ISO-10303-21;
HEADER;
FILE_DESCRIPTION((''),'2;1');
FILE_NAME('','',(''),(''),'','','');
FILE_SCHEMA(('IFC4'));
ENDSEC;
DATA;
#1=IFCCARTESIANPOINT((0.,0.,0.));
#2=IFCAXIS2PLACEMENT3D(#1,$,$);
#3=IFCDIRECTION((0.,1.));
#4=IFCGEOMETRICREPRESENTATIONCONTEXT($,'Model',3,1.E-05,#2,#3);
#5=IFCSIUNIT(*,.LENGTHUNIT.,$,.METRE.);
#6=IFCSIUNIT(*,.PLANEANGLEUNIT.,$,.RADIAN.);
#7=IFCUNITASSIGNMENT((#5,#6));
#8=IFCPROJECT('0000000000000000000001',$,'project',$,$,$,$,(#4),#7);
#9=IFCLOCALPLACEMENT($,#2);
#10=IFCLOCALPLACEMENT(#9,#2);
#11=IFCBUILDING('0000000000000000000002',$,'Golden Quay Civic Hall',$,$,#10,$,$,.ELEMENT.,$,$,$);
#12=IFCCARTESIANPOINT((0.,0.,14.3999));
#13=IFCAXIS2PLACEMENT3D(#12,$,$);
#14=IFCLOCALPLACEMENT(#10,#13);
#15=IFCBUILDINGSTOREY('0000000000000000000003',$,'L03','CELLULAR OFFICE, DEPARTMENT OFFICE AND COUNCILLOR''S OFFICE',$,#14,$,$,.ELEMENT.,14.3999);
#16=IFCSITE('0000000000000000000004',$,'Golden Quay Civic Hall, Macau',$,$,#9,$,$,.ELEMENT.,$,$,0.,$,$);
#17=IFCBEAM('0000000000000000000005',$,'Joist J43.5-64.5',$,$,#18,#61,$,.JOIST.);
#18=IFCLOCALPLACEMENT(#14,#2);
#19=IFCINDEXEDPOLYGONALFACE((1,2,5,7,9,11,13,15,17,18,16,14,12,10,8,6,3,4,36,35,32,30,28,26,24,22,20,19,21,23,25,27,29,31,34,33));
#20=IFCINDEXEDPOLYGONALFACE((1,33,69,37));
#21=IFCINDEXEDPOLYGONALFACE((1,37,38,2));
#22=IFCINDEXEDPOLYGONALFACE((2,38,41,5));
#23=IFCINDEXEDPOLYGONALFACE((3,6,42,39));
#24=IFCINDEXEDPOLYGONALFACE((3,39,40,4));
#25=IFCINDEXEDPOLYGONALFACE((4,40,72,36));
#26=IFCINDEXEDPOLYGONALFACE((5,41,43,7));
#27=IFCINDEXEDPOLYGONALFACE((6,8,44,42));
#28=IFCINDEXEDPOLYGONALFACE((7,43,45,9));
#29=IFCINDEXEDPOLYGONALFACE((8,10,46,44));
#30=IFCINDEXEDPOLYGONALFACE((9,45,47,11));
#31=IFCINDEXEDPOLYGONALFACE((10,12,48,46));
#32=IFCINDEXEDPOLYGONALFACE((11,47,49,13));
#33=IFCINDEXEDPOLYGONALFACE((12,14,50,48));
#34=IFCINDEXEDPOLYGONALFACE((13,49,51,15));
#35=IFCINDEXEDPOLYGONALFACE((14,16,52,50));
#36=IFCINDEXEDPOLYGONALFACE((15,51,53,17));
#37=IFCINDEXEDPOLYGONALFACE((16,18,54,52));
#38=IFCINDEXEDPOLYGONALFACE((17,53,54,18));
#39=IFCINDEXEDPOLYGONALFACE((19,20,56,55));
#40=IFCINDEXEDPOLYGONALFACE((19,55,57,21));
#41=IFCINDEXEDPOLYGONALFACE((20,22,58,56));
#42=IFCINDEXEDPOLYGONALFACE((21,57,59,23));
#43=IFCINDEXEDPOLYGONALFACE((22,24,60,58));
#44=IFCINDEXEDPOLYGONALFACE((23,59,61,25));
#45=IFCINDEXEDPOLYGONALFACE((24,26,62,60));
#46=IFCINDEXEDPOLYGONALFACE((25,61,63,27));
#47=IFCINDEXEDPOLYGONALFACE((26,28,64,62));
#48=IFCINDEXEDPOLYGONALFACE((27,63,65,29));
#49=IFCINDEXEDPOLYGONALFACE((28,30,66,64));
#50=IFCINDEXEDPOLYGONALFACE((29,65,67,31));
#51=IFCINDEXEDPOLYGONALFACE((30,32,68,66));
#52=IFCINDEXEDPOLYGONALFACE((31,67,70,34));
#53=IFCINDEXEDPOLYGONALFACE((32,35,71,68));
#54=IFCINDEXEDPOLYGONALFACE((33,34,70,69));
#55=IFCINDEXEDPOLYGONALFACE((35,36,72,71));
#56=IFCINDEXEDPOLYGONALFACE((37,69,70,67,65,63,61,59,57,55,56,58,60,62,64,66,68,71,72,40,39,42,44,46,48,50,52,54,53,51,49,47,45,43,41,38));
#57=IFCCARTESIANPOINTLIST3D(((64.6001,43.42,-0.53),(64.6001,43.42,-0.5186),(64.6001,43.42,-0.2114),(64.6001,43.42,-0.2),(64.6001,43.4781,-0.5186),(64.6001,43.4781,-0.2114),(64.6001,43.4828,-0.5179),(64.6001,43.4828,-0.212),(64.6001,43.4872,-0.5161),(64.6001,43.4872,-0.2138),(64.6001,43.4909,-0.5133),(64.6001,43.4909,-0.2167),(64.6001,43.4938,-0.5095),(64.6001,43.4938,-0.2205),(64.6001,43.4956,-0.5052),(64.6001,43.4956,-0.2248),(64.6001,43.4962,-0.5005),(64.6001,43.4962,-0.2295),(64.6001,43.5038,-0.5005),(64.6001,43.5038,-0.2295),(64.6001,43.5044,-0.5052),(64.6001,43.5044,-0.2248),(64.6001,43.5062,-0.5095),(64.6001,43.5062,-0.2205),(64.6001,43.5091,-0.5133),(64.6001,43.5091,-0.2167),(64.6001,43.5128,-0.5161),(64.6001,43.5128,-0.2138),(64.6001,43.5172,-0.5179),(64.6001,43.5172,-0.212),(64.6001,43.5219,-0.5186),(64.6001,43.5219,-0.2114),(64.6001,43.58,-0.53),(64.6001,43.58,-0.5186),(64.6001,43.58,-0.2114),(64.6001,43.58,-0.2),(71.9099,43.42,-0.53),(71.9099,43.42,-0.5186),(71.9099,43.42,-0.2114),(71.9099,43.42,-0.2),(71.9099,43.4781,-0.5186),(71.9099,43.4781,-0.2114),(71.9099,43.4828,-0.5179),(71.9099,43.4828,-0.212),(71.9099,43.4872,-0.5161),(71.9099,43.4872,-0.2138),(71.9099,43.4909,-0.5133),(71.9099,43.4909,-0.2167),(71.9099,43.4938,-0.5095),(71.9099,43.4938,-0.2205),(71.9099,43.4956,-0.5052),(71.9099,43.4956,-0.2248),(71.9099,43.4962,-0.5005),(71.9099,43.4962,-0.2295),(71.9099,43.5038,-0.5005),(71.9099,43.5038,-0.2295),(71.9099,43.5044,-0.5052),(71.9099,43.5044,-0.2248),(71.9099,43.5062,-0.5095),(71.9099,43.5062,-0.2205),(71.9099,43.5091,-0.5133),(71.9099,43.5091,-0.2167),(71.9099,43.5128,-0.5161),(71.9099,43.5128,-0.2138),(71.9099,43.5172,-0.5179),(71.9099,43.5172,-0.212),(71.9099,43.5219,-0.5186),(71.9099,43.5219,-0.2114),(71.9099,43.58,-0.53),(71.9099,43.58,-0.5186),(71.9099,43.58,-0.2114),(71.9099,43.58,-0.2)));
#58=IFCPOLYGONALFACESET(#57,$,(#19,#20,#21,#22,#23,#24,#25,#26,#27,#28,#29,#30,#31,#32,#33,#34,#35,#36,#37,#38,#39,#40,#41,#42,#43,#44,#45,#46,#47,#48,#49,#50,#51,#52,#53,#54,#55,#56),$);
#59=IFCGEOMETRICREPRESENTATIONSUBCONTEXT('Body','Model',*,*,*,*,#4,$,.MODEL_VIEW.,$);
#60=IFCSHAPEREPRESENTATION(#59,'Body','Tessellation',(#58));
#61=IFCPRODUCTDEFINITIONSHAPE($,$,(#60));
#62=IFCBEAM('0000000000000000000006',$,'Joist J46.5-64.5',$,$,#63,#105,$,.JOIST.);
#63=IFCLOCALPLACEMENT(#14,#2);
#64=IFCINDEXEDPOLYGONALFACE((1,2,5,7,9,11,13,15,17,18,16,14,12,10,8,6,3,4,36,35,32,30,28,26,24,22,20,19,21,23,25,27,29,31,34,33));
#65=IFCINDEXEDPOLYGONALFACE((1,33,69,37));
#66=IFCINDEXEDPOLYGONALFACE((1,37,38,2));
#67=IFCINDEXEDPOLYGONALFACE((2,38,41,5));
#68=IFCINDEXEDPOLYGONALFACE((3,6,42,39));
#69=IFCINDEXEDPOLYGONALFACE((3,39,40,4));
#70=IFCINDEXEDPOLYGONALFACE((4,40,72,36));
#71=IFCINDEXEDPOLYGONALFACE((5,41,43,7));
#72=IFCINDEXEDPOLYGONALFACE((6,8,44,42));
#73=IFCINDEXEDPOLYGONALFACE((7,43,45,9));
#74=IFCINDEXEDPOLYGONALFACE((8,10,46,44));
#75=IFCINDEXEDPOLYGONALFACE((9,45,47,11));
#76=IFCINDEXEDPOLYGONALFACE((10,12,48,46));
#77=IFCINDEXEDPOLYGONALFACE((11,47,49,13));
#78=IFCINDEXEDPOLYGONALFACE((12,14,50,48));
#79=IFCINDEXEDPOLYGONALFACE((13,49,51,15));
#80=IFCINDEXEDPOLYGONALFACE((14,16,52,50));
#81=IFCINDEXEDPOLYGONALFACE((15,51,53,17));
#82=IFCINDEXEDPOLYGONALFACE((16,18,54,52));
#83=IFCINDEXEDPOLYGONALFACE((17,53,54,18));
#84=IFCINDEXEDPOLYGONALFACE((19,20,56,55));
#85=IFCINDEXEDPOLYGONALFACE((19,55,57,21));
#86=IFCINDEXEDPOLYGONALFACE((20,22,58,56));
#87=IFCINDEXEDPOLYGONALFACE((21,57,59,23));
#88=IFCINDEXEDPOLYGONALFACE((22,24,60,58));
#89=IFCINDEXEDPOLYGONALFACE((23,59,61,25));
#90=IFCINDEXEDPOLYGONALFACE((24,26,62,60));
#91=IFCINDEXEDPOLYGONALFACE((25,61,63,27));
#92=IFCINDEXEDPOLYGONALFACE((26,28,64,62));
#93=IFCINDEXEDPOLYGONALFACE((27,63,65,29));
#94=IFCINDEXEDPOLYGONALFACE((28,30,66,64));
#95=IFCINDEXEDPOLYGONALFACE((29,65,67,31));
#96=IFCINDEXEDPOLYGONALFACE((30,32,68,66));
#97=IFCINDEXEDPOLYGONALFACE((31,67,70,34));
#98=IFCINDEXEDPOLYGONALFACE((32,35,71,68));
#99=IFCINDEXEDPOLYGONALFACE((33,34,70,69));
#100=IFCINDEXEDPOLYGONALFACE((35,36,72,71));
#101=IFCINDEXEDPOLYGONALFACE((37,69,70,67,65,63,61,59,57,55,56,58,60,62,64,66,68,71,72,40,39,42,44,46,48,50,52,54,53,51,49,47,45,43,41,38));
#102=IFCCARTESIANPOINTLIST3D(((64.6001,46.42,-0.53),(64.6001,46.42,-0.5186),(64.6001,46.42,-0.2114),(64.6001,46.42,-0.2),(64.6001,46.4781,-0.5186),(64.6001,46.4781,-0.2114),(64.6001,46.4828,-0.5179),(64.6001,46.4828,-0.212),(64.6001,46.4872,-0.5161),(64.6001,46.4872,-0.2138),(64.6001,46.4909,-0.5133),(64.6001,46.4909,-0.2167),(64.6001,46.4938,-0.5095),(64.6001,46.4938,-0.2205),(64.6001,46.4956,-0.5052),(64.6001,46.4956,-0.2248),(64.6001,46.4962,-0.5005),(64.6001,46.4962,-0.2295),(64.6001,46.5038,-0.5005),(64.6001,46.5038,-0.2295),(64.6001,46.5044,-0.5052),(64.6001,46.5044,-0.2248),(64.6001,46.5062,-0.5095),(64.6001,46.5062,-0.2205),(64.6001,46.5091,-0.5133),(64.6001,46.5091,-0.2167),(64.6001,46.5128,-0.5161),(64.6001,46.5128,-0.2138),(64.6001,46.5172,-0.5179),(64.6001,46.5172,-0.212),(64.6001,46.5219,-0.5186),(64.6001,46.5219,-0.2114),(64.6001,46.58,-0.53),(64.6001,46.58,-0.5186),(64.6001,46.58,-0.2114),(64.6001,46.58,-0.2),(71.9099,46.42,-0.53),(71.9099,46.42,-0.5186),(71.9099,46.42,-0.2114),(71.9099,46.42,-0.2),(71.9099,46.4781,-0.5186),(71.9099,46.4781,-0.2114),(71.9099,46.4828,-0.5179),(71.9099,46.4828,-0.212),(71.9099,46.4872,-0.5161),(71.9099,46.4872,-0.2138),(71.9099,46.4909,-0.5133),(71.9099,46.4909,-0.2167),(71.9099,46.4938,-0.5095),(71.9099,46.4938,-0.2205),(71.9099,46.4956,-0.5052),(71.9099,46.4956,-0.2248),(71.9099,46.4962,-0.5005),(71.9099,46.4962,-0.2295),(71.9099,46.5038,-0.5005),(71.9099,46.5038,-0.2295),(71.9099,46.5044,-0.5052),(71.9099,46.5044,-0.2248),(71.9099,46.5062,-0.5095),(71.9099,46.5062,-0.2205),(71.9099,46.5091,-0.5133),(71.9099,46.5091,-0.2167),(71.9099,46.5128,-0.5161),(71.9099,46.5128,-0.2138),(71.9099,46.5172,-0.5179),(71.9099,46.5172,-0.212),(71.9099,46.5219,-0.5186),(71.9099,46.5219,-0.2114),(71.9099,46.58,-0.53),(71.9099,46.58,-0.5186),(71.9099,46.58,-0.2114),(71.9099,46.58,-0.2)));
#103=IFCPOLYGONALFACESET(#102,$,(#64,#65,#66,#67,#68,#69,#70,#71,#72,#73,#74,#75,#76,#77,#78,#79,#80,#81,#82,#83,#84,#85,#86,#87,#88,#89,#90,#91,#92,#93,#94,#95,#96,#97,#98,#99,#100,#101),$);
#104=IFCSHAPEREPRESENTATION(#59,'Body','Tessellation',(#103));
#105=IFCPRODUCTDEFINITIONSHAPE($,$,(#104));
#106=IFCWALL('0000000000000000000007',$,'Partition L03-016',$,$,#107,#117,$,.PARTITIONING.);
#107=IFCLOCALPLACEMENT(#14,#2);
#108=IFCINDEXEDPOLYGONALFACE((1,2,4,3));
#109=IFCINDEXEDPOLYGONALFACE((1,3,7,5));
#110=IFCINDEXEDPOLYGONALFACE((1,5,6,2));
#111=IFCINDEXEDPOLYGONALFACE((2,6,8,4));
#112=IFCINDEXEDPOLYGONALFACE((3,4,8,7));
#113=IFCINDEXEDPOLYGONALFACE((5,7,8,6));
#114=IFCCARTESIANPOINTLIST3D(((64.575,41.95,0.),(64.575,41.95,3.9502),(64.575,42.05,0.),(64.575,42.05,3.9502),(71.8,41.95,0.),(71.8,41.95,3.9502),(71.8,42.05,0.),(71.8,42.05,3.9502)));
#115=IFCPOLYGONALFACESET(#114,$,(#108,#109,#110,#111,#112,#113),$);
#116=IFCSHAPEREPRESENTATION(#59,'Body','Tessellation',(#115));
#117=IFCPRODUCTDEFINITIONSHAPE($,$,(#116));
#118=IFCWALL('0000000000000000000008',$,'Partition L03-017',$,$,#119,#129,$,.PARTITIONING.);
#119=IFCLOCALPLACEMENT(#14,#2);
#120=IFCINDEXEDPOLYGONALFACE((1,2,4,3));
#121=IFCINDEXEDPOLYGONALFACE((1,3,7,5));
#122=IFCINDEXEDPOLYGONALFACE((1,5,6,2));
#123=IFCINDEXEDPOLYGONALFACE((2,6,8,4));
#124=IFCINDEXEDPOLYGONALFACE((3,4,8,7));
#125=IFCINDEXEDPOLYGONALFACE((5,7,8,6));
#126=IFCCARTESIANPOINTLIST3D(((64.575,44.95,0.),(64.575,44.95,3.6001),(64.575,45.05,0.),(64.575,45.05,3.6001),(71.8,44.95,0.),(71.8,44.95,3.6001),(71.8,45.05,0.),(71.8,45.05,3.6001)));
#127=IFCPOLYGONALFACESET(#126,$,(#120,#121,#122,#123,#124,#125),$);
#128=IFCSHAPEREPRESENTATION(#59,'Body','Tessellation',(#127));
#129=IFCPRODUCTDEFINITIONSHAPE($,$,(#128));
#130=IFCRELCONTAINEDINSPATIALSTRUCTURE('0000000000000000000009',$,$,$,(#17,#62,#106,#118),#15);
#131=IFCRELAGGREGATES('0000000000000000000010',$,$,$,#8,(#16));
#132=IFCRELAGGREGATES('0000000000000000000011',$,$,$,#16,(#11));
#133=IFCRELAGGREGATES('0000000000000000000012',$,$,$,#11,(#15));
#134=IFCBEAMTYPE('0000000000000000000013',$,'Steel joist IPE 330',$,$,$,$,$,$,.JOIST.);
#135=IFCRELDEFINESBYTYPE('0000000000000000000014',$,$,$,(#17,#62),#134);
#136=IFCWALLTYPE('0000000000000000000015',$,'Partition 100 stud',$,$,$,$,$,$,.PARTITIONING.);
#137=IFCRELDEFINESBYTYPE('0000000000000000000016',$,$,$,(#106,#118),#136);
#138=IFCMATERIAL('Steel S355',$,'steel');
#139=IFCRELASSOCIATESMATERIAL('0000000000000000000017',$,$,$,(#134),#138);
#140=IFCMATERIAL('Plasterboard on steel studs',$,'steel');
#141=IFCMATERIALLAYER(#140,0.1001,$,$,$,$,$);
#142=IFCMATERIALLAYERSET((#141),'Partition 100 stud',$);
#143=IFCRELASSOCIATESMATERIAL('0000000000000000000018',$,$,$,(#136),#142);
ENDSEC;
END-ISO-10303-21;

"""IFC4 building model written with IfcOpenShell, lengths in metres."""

from ifc_helpers import new_model, si_unit, direction, frame, frame_2d, origin, origin_2d, place, context, subcontext, project, spatial, rectangle, i_section, extrude, material, layer, layer_set, material_profile, profile_set, type_object, element, save


model = new_model("IFC4")

# Units and contexts
model_context = context("Model", 3, precision=1e-05, world=origin(), true_north=direction((0.0, 1.0)))
body_context = subcontext(model_context, "Body", "Model", "MODEL_VIEW")
ifc_project = project(units=[si_unit("LENGTHUNIT", "METRE"), si_unit("PLANEANGLEUNIT", "RADIAN")], contexts=[model_context])

# Site, building, storey
site_placement = place(None, origin())
site = spatial("IfcSite", under=ifc_project, at=site_placement, Name="Golden Quay Civic Hall, Macau", CompositionType="ELEMENT", RefElevation=0.0)
building_placement = place(site_placement, origin())
building = spatial("IfcBuilding", under=site, at=building_placement, Name="Golden Quay Civic Hall", CompositionType="ELEMENT")
storey_placement = place(building_placement, frame((0.0, 0.0, 14.3999)))
storey = spatial("IfcBuildingStorey", under=building, at=storey_placement, Name="L03", Description="CELLULAR OFFICE, DEPARTMENT OFFICE AND COUNCILLOR'S OFFICE", CompositionType="ELEMENT", Elevation=14.3999)

# Beams
ifc_material_1 = material(Name="Steel S355", Category="steel")
ifc_material_profile_1 = material_profile(ifc_material_1, i_section(OverallWidth=0.1599, OverallDepth=0.3301, WebThickness=0.0076, FlangeThickness=0.0115, FilletRadius=0.0181, at=origin_2d()), Name="IPE 330")
ifc_profile_set_1 = profile_set([ifc_material_profile_1], Name="Steel S355")
beam_type_1 = type_object("IfcBeamType", Name="Steel joist IPE 330", PredefinedType="JOIST", material=ifc_profile_set_1)
for number, where, z_axis, x_axis, name in (
    (1, (64.6001, 43.5, -0.365), (1.0, 0.0, 0.0), (0.0, 1.0, 0.0), "Joist J43.5-64.5"),
    (2, (64.6001, 46.5, -0.365), (1.0, 0.0, 0.0), (0.0, 1.0, 0.0), "Joist J46.5-64.5"),
):
    element("IfcBeam", number, at=place(storey_placement, frame(where, z_axis=z_axis, x_axis=x_axis)), inside=storey, type_object=beam_type_1, Name=name, PredefinedType="JOIST", context=body_context, shape_type="SweptSolid", body=[
        extrude(i_section(OverallWidth=0.1599, OverallDepth=0.3301, WebThickness=0.0076, FlangeThickness=0.0115, FilletRadius=0.0181, at=origin_2d()), origin(), (0.0, 0.0, 1.0), 7.3098),
    ])

# Walls
ifc_material_2 = material(Name="Plasterboard on steel studs", Category="steel")
ifc_layer_1 = layer(ifc_material_2, 0.1001)
ifc_layer_set_1 = layer_set([ifc_layer_1], Name="Partition 100 stud")
wall_type_1 = type_object("IfcWallType", Name="Partition 100 stud", PredefinedType="PARTITIONING", material=ifc_layer_set_1)
wall_1_placement = place(storey_placement, frame((64.575, 42.0, 0.0), z_axis=(0.0, 0.0, 1.0), x_axis=(1.0, 0.0, 0.0)))
element("IfcWall", 3, at=wall_1_placement, inside=storey, type_object=wall_type_1, Name="Partition L03-016", PredefinedType="PARTITIONING", context=body_context, shape_type="SweptSolid", body=[
    extrude(rectangle(XDim=7.2251, YDim=0.1001, at=frame_2d((3.6125, 0.0))), origin(), (0.0, 0.0, 1.0), 3.9502),
])
wall_2_placement = place(storey_placement, frame((64.575, 45.0, 0.0), z_axis=(0.0, 0.0, 1.0), x_axis=(1.0, 0.0, 0.0)))
element("IfcWall", 4, at=wall_2_placement, inside=storey, type_object=wall_type_1, Name="Partition L03-017", PredefinedType="PARTITIONING", context=body_context, shape_type="SweptSolid", body=[
    extrude(rectangle(XDim=7.2251, YDim=0.1001, at=frame_2d((3.6125, 0.0))), origin(), (0.0, 0.0, 1.0), 3.6001),
])

save(model, "model.ifc")
